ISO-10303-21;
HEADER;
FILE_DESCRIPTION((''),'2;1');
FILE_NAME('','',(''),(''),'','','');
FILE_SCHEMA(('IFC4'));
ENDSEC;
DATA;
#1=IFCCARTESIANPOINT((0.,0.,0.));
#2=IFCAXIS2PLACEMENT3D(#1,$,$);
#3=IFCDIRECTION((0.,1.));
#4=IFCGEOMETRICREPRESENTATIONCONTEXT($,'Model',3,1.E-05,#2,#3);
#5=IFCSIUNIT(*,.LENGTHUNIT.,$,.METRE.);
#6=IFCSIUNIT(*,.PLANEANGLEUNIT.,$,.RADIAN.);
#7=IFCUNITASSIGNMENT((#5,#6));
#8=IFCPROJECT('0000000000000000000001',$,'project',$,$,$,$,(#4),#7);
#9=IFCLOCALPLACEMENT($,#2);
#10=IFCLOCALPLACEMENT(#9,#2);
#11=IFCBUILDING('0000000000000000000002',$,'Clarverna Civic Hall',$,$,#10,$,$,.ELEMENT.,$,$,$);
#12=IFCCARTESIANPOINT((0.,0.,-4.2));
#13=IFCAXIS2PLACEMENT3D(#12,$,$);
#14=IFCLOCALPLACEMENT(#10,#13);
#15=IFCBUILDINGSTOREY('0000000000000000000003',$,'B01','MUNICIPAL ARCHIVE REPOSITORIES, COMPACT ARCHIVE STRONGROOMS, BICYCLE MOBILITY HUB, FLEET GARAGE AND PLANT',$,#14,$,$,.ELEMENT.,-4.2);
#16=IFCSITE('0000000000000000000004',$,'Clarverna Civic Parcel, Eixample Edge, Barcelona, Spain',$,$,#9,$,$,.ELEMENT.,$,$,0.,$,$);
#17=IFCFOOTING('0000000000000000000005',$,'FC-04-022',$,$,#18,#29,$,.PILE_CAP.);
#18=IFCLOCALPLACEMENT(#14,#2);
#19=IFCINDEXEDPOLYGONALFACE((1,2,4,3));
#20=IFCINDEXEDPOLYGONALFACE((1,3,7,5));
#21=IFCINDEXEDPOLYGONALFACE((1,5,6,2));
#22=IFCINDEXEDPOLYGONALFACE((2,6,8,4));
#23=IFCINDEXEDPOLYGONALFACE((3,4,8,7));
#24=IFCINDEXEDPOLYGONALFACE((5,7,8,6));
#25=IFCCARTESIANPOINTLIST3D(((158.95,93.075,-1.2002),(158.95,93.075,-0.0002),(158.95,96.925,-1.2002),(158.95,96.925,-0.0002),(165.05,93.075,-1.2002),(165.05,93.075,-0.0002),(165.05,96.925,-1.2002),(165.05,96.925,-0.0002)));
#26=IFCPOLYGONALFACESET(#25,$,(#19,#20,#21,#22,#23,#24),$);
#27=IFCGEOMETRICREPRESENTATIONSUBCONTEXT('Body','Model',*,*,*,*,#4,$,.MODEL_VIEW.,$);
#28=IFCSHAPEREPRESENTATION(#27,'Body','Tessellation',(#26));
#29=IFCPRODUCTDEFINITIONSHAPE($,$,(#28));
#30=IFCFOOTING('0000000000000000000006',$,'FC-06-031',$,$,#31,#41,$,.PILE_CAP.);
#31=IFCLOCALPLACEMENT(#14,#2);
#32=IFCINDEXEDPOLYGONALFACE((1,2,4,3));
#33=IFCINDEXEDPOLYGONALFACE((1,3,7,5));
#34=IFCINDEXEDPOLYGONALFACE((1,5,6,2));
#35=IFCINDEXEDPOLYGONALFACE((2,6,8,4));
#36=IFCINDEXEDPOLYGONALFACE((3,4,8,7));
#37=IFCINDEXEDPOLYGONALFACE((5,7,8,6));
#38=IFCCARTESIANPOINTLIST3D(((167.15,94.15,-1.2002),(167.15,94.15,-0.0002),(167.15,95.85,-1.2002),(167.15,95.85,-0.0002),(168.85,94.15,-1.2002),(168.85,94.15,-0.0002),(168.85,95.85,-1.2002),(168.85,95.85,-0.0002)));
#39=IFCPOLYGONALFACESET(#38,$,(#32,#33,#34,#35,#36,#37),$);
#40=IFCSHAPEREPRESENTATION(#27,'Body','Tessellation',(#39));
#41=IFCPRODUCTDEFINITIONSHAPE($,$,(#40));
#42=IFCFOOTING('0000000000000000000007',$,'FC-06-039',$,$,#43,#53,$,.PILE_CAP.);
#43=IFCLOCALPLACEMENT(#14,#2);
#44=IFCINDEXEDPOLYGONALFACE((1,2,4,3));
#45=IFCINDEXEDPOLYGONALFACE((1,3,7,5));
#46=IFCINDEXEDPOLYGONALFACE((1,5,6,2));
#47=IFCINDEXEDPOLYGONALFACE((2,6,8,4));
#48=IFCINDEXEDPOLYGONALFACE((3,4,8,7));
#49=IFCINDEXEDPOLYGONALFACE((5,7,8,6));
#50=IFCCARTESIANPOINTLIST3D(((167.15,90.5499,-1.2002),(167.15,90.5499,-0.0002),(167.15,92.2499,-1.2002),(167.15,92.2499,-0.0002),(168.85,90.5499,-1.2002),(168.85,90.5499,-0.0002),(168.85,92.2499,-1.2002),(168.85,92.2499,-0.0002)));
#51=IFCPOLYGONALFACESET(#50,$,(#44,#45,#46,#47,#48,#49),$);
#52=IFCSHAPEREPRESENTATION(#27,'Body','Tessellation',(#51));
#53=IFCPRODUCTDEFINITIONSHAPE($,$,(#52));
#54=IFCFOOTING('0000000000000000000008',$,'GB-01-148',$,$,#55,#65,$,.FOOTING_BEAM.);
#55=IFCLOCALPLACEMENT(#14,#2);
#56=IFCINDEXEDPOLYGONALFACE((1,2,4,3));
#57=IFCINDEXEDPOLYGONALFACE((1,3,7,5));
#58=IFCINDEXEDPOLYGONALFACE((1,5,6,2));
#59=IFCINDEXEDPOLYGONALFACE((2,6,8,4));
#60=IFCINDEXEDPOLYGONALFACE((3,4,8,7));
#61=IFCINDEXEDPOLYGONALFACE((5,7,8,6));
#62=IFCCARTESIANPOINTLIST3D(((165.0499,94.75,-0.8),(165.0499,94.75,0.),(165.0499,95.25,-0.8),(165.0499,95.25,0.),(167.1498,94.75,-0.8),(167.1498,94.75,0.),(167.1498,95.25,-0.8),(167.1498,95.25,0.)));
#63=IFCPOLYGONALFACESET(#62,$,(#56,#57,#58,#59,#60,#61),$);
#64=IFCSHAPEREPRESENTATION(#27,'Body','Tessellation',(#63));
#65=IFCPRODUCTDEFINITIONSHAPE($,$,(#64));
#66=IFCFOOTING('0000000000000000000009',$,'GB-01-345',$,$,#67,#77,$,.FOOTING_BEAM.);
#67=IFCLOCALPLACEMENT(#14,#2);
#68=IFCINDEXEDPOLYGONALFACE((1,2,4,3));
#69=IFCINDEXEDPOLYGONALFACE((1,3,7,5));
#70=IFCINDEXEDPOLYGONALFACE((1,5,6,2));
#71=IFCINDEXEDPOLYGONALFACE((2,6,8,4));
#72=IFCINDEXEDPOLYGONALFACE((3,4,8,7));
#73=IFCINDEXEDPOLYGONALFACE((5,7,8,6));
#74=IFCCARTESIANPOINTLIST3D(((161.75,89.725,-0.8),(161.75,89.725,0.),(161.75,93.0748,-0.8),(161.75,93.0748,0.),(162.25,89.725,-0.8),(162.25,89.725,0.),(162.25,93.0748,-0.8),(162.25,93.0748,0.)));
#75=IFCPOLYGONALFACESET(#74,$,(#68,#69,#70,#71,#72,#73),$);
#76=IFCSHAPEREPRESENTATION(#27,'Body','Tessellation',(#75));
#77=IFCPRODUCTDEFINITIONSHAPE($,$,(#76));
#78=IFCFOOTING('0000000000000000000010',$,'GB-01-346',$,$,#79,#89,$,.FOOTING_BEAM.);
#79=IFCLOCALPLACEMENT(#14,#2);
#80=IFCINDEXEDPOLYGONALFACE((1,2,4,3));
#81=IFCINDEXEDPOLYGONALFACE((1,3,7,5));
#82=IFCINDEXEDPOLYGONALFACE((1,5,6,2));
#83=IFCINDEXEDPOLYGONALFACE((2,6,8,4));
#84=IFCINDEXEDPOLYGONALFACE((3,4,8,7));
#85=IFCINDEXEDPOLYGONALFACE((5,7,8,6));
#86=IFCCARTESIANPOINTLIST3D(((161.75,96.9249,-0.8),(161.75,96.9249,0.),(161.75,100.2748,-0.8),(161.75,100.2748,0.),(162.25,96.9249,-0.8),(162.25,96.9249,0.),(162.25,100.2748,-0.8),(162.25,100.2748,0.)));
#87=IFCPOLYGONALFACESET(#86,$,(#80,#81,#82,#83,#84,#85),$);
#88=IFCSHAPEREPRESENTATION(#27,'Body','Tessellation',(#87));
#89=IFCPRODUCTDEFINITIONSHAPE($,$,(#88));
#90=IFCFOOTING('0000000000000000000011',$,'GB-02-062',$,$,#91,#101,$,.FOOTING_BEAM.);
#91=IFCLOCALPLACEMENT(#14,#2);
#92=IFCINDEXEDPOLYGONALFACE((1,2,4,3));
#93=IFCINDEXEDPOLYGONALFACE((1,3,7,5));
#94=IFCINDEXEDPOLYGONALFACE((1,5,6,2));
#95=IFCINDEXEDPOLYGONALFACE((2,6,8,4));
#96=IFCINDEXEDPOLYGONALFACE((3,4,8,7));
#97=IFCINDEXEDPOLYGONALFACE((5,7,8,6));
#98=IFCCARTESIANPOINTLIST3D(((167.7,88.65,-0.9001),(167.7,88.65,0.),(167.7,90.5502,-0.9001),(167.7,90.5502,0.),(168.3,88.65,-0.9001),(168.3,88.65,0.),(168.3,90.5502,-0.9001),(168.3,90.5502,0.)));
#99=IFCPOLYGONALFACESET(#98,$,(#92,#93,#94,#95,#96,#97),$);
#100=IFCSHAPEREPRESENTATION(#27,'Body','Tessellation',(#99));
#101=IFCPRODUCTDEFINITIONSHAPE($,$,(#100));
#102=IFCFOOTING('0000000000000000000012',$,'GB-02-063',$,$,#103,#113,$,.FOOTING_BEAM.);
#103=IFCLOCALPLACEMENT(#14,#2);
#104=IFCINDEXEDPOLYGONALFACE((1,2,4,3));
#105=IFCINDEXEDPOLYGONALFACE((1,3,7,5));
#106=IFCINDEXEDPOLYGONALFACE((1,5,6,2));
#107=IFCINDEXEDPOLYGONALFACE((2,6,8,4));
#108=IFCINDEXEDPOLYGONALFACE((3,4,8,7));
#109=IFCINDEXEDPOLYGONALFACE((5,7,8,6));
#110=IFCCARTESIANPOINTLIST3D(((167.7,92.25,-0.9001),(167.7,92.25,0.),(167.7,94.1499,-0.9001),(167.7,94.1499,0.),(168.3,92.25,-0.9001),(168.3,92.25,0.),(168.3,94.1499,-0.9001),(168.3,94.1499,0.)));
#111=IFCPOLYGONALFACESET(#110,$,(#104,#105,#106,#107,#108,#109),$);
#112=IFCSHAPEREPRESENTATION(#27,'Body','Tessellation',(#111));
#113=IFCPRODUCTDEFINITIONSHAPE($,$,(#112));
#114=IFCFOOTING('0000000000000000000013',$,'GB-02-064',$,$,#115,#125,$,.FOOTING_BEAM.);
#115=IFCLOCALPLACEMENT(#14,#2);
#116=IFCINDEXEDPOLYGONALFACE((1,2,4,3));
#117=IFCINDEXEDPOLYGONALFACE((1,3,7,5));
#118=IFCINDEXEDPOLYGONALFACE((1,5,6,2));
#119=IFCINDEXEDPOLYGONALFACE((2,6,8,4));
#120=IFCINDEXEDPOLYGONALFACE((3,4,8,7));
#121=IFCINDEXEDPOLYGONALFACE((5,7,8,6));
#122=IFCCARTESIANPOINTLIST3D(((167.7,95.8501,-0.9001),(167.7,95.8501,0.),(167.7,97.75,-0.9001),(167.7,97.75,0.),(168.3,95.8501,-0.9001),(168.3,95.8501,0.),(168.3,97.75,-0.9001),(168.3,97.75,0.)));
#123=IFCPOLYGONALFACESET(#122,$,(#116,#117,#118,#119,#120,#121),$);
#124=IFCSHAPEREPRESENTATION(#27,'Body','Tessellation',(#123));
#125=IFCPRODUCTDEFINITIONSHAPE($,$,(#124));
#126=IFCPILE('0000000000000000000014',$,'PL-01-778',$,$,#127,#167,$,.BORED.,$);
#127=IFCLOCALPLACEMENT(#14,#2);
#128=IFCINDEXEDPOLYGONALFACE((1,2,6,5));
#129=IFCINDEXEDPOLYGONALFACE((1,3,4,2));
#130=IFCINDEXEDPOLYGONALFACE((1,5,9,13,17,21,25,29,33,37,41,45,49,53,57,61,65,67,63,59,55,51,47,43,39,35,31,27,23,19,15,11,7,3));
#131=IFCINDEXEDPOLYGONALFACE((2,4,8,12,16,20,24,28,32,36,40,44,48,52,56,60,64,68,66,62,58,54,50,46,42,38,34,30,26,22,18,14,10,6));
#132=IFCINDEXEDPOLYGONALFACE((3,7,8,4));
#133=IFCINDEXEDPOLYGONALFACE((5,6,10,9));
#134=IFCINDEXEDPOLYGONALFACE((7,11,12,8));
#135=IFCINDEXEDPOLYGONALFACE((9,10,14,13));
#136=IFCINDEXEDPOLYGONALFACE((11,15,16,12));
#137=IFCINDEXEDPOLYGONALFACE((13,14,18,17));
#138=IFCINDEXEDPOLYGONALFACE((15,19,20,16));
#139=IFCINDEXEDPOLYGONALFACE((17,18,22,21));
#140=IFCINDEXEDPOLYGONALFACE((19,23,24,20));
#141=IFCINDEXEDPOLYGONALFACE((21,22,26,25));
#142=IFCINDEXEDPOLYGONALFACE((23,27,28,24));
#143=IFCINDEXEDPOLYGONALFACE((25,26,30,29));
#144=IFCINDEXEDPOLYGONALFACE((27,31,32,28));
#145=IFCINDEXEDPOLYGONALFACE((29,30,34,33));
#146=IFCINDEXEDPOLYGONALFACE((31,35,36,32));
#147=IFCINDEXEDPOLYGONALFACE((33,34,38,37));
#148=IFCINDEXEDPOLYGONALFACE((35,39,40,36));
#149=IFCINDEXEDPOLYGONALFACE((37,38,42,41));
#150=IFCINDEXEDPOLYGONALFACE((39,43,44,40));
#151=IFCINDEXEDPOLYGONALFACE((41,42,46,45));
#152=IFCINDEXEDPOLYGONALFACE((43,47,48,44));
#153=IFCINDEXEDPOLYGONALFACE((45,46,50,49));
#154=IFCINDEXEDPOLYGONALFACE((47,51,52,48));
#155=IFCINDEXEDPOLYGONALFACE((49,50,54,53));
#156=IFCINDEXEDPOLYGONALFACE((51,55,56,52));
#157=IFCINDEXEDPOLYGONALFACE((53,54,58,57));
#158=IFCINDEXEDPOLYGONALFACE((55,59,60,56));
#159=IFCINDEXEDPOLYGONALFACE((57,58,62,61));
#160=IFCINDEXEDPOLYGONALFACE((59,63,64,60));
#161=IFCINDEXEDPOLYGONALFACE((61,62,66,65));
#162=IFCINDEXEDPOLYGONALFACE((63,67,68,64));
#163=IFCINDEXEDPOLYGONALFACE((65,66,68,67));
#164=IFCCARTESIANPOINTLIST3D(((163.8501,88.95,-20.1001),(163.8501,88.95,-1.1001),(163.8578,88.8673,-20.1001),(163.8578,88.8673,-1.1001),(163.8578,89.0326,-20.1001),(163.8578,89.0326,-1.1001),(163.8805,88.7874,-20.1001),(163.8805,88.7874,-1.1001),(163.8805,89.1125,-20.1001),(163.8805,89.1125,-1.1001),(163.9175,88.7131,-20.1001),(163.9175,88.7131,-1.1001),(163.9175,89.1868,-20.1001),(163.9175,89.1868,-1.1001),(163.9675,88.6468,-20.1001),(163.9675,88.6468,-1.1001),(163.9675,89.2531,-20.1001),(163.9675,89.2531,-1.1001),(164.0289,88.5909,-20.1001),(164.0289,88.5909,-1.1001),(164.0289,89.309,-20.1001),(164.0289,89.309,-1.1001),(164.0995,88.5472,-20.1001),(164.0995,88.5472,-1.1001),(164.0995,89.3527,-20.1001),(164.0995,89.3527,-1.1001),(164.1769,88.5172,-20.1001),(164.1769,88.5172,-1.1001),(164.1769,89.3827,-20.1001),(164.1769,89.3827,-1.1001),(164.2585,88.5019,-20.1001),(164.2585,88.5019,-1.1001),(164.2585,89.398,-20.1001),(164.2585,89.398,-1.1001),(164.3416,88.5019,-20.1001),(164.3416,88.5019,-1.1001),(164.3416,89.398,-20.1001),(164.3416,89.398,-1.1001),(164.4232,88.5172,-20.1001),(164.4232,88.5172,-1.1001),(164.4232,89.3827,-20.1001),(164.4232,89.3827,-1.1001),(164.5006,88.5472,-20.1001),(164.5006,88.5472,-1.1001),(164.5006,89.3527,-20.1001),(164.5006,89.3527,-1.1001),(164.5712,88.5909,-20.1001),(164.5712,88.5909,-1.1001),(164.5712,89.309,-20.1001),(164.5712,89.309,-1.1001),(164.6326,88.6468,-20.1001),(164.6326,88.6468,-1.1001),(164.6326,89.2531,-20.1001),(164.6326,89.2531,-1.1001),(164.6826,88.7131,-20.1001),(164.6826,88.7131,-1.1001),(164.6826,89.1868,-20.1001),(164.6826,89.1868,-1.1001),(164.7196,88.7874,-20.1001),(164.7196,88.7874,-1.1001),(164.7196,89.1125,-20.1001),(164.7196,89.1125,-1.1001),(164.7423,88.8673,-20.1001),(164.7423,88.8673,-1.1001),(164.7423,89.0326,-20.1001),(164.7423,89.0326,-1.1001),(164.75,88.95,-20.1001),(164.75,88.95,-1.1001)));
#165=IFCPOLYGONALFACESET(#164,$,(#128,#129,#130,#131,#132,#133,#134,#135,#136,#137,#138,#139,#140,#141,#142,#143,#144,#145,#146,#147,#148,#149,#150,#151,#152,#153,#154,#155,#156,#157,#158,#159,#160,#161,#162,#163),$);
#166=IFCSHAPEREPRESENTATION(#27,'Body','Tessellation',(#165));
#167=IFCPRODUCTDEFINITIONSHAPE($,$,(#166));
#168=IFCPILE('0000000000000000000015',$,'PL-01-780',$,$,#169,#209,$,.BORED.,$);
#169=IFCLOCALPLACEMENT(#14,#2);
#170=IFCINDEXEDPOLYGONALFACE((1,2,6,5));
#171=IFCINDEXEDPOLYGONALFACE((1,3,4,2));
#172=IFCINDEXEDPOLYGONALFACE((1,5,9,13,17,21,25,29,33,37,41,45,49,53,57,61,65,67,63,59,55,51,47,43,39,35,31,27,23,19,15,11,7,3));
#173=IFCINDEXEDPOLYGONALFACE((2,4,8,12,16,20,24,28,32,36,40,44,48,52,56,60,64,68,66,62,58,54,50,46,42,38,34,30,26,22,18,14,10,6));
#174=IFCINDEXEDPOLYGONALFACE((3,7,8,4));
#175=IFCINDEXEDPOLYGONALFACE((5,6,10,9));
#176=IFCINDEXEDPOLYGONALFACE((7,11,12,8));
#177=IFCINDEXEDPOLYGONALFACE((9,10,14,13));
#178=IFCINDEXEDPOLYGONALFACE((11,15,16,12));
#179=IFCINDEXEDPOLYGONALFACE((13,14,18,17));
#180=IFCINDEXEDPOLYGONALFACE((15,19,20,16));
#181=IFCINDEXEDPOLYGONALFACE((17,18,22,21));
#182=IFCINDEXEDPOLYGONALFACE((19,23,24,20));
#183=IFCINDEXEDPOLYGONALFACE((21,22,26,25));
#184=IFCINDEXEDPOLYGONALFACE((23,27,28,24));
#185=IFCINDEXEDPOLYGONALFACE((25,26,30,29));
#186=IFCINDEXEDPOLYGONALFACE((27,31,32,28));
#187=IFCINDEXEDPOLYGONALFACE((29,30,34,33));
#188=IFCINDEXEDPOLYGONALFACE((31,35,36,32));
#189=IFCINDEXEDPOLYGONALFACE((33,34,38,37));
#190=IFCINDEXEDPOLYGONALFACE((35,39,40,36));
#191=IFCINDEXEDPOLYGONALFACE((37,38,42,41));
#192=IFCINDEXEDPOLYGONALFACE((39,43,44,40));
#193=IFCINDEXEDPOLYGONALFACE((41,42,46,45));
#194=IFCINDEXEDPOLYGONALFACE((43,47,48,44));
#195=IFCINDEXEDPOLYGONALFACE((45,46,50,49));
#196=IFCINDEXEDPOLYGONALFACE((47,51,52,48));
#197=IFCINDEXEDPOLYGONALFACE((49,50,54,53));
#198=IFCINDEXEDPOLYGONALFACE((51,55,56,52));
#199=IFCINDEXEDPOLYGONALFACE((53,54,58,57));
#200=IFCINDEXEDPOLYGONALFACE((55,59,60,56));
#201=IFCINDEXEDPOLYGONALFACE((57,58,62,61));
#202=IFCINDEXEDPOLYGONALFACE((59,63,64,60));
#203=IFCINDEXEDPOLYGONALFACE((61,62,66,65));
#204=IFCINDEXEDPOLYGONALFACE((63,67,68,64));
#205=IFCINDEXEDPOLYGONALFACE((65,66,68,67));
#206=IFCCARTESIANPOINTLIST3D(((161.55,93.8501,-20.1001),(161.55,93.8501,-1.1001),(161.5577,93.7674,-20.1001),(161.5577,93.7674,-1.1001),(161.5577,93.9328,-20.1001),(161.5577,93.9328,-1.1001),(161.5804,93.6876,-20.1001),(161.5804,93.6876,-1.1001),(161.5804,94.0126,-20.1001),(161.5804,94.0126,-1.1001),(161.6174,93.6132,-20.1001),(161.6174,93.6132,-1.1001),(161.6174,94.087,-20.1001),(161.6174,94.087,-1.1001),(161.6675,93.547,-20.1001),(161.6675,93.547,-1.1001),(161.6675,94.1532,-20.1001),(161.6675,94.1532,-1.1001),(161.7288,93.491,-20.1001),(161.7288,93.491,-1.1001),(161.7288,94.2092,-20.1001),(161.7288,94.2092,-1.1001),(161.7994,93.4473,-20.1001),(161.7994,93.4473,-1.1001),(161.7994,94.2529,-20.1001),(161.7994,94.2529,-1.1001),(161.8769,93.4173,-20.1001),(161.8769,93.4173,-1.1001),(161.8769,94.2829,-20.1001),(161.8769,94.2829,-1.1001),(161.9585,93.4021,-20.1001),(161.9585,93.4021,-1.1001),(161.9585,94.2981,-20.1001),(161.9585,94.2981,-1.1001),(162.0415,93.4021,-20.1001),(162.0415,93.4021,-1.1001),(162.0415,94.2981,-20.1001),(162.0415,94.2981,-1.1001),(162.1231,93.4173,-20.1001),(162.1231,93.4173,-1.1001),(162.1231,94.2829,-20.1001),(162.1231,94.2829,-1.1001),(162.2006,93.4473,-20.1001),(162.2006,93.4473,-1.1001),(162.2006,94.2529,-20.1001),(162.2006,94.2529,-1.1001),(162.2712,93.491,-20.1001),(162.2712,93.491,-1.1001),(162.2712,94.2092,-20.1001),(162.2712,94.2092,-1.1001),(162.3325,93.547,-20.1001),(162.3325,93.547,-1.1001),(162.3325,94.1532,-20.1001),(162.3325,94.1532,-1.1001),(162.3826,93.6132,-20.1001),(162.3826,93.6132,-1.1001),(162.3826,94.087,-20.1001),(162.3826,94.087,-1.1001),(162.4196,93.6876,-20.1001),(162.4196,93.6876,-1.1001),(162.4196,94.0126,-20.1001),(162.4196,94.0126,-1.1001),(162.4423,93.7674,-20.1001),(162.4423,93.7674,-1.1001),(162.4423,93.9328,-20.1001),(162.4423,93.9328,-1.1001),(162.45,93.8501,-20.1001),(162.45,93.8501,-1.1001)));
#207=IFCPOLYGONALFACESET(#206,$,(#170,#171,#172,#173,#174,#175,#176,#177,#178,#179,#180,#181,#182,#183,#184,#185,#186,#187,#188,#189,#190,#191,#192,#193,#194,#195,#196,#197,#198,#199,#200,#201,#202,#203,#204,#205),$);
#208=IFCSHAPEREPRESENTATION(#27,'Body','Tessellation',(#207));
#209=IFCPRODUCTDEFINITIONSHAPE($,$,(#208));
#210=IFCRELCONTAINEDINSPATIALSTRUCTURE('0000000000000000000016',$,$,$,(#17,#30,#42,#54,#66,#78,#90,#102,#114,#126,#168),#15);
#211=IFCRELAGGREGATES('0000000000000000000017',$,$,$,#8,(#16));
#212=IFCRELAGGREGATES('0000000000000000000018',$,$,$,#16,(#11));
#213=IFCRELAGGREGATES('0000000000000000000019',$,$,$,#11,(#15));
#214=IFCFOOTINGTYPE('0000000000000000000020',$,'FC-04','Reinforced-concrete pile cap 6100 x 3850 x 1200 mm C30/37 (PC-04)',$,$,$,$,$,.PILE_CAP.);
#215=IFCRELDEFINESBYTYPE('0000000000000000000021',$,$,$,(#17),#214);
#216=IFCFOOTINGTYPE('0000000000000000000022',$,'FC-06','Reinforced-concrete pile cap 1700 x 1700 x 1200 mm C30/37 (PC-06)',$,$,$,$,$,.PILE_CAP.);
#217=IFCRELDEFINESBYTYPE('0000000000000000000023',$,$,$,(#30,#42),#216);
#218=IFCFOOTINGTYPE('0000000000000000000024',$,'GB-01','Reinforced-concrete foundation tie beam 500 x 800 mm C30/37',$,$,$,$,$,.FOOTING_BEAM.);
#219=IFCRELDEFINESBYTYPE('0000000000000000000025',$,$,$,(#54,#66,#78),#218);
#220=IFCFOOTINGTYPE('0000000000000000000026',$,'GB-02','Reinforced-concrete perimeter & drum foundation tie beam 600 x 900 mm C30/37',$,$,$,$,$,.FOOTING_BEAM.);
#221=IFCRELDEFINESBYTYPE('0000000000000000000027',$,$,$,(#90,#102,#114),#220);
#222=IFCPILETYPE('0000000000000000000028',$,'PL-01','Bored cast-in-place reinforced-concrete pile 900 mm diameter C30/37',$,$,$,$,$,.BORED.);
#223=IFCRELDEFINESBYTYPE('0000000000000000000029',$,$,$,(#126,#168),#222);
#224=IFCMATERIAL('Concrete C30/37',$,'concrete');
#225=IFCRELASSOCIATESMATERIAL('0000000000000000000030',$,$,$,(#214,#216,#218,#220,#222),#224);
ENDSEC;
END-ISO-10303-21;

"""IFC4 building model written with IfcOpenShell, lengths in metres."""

from ifc_helpers import new_model, si_unit, direction, frame, frame_2d, origin, origin_2d, place, context, subcontext, project, spatial, rectangle, circle, extrude, material, material_profile, profile_set, type_object, element, save


model = new_model("IFC4")

# Units and contexts
model_context = context("Model", 3, precision=1e-05, world=origin(), true_north=direction((0.0, 1.0)))
body_context = subcontext(model_context, "Body", "Model", "MODEL_VIEW")
ifc_project = project(units=[si_unit("LENGTHUNIT", "METRE"), si_unit("PLANEANGLEUNIT", "RADIAN")], contexts=[model_context])

# Site, building, storey
site_placement = place(None, origin())
site = spatial("IfcSite", under=ifc_project, at=site_placement, Name="Clarverna Civic Parcel, Eixample Edge, Barcelona, Spain", CompositionType="ELEMENT", RefElevation=0.0)
building_placement = place(site_placement, origin())
building = spatial("IfcBuilding", under=site, at=building_placement, Name="Clarverna Civic Hall", CompositionType="ELEMENT")
storey_placement = place(building_placement, frame((0.0, 0.0, -4.2)))
storey = spatial("IfcBuildingStorey", under=building, at=storey_placement, Name="B01", Description="MUNICIPAL ARCHIVE REPOSITORIES, COMPACT ARCHIVE STRONGROOMS, BICYCLE MOBILITY HUB, FLEET GARAGE AND PLANT", CompositionType="ELEMENT", Elevation=-4.2)

# Footings
ifc_material_1 = material(Name="Concrete C30/37", Category="concrete")
footing_type_1 = type_object("IfcFootingType", Name="FC-04", Description="Reinforced-concrete pile cap 6100 x 3850 x 1200 mm C30/37 (PC-04)", PredefinedType="PILE_CAP", material=ifc_material_1)
footing_1_placement = place(storey_placement, frame((162.0, 95.0, -1.2002), z_axis=(0.0, 0.0, 1.0), x_axis=(1.0, 0.0, 0.0)))
element("IfcFooting", 1, at=footing_1_placement, inside=storey, type_object=footing_type_1, Name="FC-04-022", PredefinedType="PILE_CAP", context=body_context, shape_type="SweptSolid", body=[
    extrude(rectangle(XDim=6.1001, YDim=3.8501, at=origin_2d()), origin(), (0.0, 0.0, 1.0), 1.2),
])
footing_type_2 = type_object("IfcFootingType", Name="FC-06", Description="Reinforced-concrete pile cap 1700 x 1700 x 1200 mm C30/37 (PC-06)", PredefinedType="PILE_CAP", material=ifc_material_1)
for number, where, z_axis, x_axis, name in (
    (2, (168.0, 95.0, -1.2002), (0.0, 0.0, 1.0), (1.0, 0.0, 0.0), "FC-06-031"),
    (3, (168.0, 91.3999, -1.2002), (0.0, 0.0, 1.0), (1.0, 0.0, 0.0), "FC-06-039"),
):
    element("IfcFooting", number, at=place(storey_placement, frame(where, z_axis=z_axis, x_axis=x_axis)), inside=storey, type_object=footing_type_2, Name=name, PredefinedType="PILE_CAP", context=body_context, shape_type="SweptSolid", body=[
        extrude(rectangle(XDim=1.7, YDim=1.7, at=origin_2d()), origin(), (0.0, 0.0, 1.0), 1.2),
    ])
footing_type_3 = type_object("IfcFootingType", Name="GB-01", Description="Reinforced-concrete foundation tie beam 500 x 800 mm C30/37", PredefinedType="FOOTING_BEAM", material=ifc_material_1)
footing_2_placement = place(storey_placement, frame((165.05, 95.0, -0.8), z_axis=(0.0, 0.0, 1.0), x_axis=(1.0, 0.0, 0.0)))
element("IfcFooting", 4, at=footing_2_placement, inside=storey, type_object=footing_type_3, Name="GB-01-148", PredefinedType="FOOTING_BEAM", context=body_context, shape_type="SweptSolid", body=[
    extrude(rectangle(XDim=2.0999, YDim=0.5, at=frame_2d((1.0498, 0.0))), origin(), (0.0, 0.0, 1.0), 0.8),
])
for number, where, z_axis, x_axis, name in (
    (5, (162.0, 89.7251, -0.8), (0.0, 0.0, 1.0), (0.0, 1.0, 0.0), "GB-01-345"),
    (6, (162.0, 96.925, -0.8), (0.0, 0.0, 1.0), (0.0, 1.0, 0.0), "GB-01-346"),
):
    element("IfcFooting", number, at=place(storey_placement, frame(where, z_axis=z_axis, x_axis=x_axis)), inside=storey, type_object=footing_type_3, Name=name, PredefinedType="FOOTING_BEAM", context=body_context, shape_type="SweptSolid", body=[
        extrude(rectangle(XDim=3.3499, YDim=0.5, at=frame_2d((1.6748, 0.0))), origin(), (0.0, 0.0, 1.0), 0.8),
    ])
footing_type_4 = type_object("IfcFootingType", Name="GB-02", Description="Reinforced-concrete perimeter & drum foundation tie beam 600 x 900 mm C30/37", PredefinedType="FOOTING_BEAM", material=ifc_material_1)
footing_3_placement = place(storey_placement, frame((168.0, 88.6499, -0.9001), z_axis=(0.0, 0.0, 1.0), x_axis=(0.0, 1.0, 0.0)))
element("IfcFooting", 7, at=footing_3_placement, inside=storey, type_object=footing_type_4, Name="GB-02-062", PredefinedType="FOOTING_BEAM", context=body_context, shape_type="SweptSolid", body=[
    extrude(rectangle(XDim=1.9001, YDim=0.6001, at=frame_2d((0.9502, 0.0))), origin(), (0.0, 0.0, 1.0), 0.9001),
])
for number, where, z_axis, x_axis, name in (
    (8, (168.0, 92.25, -0.9001), (0.0, 0.0, 1.0), (0.0, 1.0, 0.0), "GB-02-063"),
    (9, (168.0, 95.8501, -0.9001), (0.0, 0.0, 1.0), (0.0, 1.0, 0.0), "GB-02-064"),
):
    element("IfcFooting", number, at=place(storey_placement, frame(where, z_axis=z_axis, x_axis=x_axis)), inside=storey, type_object=footing_type_4, Name=name, PredefinedType="FOOTING_BEAM", context=body_context, shape_type="SweptSolid", body=[
        extrude(rectangle(XDim=1.8999, YDim=0.6001, at=frame_2d((0.95, 0.0))), origin(), (0.0, 0.0, 1.0), 0.9001),
    ])

# Piles
ifc_material_profile_1 = material_profile(ifc_material_1, circle(Radius=0.45, at=origin_2d()), Name="BORED PILE D900")
ifc_profile_set_1 = profile_set([ifc_material_profile_1], Name="Concrete C30/37")
pile_type = type_object("IfcPileType", Name="PL-01", Description="Bored cast-in-place reinforced-concrete pile 900 mm diameter C30/37", PredefinedType="BORED", material=ifc_profile_set_1)
for number, where, z_axis, x_axis, name in (
    (10, (164.3, 88.95, -1.1001), (0.0, 0.0, -1.0), (1.0, 0.0, 0.0), "PL-01-778"),
    (11, (162.0, 93.8501, -1.1001), (0.0, 0.0, -1.0), (1.0, 0.0, 0.0), "PL-01-780"),
):
    element("IfcPile", number, at=place(storey_placement, frame(where, z_axis=z_axis, x_axis=x_axis)), inside=storey, type_object=pile_type, Name=name, PredefinedType="BORED", context=body_context, shape_type="SweptSolid", body=[
        extrude(circle(Radius=0.45, at=origin_2d()), origin(), (0.0, 0.0, 1.0), 19.0),
    ])

save(model, "model.ifc")
